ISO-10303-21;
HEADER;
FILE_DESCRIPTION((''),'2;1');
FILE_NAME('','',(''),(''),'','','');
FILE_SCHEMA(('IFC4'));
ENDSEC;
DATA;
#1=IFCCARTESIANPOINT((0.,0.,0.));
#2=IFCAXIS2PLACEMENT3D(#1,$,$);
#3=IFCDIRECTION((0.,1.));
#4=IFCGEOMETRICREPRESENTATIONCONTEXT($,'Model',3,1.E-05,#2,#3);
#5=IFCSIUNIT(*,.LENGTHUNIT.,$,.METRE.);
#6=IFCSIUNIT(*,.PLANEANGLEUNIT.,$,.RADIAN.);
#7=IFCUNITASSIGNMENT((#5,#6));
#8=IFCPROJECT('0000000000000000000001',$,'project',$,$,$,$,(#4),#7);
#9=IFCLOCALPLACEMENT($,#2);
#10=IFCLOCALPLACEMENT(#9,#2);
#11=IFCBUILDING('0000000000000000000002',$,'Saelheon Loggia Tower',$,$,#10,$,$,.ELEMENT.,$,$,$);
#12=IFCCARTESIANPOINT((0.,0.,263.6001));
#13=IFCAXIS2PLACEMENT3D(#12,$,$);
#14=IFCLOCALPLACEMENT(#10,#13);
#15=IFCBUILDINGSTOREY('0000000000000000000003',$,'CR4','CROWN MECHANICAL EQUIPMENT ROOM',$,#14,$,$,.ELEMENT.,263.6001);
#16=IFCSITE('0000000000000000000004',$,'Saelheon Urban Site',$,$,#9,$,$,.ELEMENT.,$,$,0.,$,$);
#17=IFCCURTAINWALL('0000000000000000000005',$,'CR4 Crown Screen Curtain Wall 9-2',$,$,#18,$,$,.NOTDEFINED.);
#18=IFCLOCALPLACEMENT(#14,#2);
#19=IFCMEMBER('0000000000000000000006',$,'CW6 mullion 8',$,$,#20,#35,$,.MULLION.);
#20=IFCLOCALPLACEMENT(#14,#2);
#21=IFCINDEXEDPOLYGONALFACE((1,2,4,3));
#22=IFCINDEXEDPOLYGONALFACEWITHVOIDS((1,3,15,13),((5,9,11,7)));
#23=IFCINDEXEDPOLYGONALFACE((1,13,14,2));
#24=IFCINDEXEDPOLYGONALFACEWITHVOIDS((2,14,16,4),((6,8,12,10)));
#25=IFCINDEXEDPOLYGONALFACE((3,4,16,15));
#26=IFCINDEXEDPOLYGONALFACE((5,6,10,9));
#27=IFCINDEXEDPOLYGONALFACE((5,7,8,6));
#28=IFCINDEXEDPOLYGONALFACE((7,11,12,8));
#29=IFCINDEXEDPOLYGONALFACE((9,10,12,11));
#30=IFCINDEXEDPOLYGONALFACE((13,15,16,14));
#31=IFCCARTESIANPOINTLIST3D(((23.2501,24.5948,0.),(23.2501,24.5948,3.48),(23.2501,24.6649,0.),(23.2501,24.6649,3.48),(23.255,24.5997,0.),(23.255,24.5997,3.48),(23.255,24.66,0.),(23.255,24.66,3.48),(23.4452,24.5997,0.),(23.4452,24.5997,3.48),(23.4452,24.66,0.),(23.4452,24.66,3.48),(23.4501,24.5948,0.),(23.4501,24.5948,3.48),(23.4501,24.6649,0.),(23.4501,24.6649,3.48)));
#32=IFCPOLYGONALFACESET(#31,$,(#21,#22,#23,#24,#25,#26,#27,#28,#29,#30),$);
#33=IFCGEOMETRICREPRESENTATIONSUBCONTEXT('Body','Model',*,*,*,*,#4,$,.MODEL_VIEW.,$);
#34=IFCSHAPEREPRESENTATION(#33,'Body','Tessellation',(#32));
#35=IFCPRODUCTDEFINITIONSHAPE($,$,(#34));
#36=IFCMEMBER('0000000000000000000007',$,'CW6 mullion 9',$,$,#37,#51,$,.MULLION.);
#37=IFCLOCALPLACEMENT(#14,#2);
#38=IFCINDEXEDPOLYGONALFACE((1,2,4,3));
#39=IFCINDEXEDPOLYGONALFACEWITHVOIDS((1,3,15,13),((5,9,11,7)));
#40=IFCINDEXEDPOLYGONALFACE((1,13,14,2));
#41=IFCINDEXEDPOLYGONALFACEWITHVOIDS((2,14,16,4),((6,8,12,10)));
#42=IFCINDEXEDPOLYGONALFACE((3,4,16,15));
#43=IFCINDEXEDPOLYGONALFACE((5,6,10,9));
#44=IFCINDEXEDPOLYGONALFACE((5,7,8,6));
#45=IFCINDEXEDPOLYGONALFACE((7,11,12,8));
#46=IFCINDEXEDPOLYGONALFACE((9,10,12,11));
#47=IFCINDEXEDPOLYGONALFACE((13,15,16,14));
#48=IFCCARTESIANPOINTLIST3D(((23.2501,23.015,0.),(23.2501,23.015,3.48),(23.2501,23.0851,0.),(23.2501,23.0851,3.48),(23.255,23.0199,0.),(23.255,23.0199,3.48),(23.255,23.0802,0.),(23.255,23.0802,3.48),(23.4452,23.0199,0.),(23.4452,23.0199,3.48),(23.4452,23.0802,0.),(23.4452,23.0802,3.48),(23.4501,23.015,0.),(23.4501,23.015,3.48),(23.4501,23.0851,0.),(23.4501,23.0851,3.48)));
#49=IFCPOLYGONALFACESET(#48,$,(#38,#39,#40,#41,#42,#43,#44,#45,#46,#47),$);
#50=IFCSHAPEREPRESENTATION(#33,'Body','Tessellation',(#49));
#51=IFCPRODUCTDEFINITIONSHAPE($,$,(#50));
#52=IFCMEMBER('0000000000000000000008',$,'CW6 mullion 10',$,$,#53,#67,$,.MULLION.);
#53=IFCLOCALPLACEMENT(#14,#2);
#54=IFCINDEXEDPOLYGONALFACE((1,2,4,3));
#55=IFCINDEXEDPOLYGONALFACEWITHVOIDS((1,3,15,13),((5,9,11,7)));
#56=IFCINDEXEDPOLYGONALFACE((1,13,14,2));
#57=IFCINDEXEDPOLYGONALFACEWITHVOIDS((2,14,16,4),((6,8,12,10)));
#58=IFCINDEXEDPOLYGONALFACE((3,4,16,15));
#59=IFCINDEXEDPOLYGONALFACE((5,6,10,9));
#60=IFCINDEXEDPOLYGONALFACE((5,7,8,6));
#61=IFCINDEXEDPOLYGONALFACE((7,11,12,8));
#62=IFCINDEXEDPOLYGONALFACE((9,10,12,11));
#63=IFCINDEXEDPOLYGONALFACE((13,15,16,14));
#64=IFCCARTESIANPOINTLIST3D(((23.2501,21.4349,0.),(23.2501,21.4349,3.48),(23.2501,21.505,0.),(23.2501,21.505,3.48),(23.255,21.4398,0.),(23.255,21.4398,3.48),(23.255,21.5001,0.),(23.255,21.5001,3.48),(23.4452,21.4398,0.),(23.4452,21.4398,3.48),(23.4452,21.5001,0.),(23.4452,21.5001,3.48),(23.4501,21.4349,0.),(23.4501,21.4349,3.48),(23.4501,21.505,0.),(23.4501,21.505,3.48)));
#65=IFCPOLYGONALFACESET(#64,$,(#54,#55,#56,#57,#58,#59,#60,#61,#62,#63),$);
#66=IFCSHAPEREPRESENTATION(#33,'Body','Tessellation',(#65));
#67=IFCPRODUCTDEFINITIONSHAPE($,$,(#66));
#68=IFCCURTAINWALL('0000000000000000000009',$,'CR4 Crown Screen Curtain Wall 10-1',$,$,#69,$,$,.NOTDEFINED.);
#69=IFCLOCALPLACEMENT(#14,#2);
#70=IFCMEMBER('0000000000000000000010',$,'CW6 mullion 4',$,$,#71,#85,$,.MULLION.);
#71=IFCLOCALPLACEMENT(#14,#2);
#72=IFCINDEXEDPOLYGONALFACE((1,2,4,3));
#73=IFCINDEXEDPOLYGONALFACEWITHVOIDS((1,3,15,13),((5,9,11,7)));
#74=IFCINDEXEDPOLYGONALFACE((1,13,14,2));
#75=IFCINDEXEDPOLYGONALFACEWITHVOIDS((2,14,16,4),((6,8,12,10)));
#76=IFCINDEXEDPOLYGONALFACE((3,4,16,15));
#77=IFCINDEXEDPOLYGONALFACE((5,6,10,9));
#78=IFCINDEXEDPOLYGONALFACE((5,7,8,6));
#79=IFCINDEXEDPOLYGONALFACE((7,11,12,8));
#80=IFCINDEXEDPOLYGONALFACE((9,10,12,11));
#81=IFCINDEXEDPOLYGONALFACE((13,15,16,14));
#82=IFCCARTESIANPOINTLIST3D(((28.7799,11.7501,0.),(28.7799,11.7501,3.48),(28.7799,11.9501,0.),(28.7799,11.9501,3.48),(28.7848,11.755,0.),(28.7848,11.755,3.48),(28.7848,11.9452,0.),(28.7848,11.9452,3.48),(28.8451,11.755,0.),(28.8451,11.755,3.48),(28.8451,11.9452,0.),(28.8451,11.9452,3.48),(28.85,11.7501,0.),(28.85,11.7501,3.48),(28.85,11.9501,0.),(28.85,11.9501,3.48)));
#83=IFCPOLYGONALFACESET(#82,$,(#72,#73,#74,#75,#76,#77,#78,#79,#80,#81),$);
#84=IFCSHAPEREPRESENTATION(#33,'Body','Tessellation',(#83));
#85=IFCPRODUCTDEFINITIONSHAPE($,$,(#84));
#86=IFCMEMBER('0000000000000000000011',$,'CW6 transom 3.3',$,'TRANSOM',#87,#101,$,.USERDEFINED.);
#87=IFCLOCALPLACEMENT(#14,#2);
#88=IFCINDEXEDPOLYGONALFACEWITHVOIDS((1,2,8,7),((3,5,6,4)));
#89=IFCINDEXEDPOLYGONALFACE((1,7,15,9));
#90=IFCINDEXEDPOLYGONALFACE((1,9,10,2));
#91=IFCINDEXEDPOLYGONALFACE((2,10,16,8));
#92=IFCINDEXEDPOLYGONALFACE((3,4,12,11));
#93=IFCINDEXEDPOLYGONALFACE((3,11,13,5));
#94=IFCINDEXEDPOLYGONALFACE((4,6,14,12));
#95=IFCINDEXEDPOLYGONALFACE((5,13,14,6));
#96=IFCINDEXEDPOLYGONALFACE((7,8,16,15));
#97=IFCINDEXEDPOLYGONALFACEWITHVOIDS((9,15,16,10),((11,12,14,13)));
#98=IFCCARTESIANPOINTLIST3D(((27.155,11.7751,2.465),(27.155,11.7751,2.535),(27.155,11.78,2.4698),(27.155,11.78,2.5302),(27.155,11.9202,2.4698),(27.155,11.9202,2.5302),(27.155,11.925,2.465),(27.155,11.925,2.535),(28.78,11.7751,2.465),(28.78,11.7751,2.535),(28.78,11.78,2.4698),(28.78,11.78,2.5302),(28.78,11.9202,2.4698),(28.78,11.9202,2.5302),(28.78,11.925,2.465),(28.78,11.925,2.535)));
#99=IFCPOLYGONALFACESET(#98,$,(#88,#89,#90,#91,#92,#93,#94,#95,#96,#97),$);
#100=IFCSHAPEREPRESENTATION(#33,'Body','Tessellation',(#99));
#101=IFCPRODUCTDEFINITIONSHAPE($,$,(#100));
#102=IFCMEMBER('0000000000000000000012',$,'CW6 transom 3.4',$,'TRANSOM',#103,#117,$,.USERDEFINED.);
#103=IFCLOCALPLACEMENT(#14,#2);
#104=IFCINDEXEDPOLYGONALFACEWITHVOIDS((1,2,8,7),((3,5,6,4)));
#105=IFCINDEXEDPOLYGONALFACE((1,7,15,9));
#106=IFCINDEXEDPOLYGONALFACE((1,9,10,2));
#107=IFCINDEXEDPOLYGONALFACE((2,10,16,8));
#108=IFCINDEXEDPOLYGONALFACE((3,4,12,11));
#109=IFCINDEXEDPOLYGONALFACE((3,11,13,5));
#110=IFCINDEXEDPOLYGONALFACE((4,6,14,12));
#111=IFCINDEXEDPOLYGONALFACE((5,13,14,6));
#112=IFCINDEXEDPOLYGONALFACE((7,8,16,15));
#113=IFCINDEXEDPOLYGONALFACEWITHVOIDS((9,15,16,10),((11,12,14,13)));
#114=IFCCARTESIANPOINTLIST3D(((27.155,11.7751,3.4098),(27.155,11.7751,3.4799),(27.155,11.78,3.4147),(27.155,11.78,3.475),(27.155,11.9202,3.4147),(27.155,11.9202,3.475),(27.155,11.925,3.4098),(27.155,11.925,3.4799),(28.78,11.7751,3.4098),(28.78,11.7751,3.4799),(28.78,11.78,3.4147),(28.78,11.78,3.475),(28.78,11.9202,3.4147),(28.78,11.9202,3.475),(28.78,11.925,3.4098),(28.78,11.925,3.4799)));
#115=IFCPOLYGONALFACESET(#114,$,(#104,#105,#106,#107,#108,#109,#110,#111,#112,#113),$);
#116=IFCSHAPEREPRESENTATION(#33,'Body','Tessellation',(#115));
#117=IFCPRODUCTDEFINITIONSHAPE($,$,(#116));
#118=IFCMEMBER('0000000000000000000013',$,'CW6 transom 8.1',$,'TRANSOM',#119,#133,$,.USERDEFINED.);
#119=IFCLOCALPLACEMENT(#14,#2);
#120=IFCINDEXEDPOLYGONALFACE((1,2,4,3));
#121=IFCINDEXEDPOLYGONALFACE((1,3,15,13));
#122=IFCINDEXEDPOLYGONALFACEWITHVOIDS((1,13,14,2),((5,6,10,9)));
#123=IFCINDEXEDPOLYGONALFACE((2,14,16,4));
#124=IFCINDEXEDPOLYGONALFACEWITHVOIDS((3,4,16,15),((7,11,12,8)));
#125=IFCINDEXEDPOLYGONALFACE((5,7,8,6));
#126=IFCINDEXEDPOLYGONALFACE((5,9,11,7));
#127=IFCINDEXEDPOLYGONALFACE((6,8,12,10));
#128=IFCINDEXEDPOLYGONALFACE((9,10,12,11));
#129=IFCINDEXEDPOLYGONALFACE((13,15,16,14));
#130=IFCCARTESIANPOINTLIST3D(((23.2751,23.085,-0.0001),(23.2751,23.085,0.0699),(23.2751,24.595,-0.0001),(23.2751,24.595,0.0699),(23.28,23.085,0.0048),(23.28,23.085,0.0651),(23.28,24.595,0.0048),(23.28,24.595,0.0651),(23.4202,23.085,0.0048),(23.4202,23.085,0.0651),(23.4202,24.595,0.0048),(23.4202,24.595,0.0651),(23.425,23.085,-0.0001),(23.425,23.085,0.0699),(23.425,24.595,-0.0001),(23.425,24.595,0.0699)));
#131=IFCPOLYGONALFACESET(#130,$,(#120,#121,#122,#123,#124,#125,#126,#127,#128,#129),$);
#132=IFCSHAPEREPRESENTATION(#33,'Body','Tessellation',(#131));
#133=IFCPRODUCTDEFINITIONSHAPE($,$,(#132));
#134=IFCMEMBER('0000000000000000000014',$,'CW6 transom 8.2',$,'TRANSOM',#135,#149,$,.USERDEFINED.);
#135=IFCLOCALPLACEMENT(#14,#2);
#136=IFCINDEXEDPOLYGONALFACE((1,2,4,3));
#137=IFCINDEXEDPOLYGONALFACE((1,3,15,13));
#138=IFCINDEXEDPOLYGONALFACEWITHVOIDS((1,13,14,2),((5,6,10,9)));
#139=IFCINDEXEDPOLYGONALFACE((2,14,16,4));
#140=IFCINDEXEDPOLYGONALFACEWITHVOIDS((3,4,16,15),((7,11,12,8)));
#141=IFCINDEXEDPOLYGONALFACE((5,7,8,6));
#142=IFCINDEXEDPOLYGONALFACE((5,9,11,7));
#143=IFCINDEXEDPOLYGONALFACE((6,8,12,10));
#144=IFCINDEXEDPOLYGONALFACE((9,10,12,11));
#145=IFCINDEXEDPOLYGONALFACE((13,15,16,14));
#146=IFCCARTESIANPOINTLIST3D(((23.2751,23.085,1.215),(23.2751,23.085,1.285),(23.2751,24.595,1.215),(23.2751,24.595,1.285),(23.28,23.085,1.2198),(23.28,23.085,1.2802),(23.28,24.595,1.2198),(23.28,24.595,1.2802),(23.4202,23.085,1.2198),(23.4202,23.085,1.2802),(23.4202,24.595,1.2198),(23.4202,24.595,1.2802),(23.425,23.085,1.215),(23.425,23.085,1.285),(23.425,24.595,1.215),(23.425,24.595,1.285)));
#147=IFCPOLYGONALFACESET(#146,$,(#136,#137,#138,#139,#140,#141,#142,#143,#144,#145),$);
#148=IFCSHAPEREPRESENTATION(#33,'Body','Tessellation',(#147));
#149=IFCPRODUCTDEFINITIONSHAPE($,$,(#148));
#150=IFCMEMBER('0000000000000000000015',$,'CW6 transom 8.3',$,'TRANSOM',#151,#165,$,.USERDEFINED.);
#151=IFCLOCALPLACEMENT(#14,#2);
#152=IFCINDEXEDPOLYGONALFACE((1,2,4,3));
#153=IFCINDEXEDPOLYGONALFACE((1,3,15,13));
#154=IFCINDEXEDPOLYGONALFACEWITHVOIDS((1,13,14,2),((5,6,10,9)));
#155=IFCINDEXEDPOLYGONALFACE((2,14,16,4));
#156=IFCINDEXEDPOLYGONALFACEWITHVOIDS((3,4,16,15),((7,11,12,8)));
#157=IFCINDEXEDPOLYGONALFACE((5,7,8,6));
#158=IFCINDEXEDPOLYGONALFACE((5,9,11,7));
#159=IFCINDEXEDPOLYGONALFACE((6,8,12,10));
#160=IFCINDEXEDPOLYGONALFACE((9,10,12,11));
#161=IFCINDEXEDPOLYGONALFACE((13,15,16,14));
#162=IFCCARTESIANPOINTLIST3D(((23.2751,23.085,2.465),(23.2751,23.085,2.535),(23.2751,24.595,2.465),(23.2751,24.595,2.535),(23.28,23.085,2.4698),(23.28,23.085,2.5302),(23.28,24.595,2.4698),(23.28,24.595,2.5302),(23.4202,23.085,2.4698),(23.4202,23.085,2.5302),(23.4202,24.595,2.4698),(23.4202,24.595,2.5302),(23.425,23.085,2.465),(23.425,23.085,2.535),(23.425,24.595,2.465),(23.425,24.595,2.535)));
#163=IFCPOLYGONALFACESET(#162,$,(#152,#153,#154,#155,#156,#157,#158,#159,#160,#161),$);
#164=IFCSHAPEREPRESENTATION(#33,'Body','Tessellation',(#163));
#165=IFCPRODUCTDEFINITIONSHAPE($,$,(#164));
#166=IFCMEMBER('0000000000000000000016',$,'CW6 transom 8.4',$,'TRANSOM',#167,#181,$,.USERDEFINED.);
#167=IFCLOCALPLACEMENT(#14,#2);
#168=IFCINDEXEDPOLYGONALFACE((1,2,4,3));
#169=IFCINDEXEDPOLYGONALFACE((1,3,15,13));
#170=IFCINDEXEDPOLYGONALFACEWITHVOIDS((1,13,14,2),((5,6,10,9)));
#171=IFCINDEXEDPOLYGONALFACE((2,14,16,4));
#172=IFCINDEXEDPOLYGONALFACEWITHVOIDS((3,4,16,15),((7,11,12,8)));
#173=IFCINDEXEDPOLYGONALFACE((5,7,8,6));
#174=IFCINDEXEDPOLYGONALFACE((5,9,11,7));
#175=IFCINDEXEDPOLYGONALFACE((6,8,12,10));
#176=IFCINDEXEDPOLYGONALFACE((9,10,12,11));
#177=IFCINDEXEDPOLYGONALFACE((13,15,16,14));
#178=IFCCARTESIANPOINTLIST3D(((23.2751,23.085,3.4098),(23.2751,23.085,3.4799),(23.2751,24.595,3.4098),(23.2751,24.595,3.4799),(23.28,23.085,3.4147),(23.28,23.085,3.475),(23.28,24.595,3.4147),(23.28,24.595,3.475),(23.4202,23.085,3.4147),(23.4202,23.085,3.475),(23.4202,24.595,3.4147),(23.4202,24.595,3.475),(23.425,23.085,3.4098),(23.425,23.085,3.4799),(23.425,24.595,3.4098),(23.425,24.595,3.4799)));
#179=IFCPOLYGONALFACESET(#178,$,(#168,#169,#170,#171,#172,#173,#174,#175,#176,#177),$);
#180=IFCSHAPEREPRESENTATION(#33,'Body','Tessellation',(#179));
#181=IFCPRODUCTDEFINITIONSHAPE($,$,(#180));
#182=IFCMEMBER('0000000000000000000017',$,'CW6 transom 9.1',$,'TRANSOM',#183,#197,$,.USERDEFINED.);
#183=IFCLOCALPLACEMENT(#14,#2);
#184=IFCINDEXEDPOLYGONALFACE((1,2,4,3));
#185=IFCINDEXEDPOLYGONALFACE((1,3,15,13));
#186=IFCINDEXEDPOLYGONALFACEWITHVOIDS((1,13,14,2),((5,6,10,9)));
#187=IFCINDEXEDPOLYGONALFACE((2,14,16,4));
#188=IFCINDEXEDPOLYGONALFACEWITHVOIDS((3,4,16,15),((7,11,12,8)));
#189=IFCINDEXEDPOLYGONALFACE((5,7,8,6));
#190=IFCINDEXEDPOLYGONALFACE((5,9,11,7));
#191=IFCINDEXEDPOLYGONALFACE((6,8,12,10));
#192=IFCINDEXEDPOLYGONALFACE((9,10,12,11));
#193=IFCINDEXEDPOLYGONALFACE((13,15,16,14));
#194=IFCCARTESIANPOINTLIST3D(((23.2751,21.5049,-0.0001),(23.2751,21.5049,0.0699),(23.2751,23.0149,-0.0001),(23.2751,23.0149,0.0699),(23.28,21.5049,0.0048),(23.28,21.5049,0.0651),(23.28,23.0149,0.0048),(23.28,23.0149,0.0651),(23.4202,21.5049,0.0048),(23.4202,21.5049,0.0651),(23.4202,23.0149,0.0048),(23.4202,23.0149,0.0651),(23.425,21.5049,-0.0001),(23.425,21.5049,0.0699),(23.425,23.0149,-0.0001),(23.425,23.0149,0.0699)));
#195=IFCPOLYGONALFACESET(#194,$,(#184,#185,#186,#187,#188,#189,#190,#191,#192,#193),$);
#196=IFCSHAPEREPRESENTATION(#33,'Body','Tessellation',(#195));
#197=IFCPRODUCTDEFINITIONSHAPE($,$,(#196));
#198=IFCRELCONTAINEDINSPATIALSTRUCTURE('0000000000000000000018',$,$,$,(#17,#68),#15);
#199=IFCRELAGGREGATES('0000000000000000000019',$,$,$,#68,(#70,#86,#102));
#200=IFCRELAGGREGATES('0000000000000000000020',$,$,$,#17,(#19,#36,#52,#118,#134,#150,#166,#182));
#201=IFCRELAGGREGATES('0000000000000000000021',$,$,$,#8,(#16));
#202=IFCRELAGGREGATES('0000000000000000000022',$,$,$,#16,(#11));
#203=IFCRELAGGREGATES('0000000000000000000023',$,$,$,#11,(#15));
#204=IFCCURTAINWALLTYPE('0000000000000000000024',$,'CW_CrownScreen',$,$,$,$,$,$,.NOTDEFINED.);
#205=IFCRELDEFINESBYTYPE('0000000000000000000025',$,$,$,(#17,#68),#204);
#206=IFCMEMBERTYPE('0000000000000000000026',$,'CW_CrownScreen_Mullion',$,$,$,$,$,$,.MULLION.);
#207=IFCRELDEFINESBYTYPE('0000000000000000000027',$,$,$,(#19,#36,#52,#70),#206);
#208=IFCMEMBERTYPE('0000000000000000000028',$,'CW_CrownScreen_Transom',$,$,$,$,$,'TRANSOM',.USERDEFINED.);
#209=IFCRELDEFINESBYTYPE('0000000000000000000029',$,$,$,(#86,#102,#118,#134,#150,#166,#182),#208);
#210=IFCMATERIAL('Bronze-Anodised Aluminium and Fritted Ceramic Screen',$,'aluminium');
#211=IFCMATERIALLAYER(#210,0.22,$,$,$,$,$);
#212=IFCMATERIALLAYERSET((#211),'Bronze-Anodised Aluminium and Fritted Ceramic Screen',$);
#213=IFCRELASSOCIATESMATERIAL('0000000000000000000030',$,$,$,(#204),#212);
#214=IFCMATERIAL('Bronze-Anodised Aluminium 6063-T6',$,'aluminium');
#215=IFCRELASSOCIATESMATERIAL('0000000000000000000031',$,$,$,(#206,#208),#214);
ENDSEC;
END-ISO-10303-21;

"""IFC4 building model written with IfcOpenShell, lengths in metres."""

from ifc_helpers import new_model, si_unit, direction, frame, origin, origin_2d, place, context, subcontext, project, spatial, hollow_rectangle, extrude, source, transform, mapped, material, layer, layer_set, material_profile, profile_set, type_object, element, aggregate, save


model = new_model("IFC4")

# Units and contexts
model_context = context("Model", 3, precision=1e-05, world=origin(), true_north=direction((0.0, 1.0)))
body_context = subcontext(model_context, "Body", "Model", "MODEL_VIEW")
ifc_project = project(units=[si_unit("LENGTHUNIT", "METRE"), si_unit("PLANEANGLEUNIT", "RADIAN")], contexts=[model_context])

# Site, building, storey
site_placement = place(None, origin())
site = spatial("IfcSite", under=ifc_project, at=site_placement, Name="Saelheon Urban Site", CompositionType="ELEMENT", RefElevation=0.0)
building_placement = place(site_placement, origin())
building = spatial("IfcBuilding", under=site, at=building_placement, Name="Saelheon Loggia Tower", CompositionType="ELEMENT")
storey_placement = place(building_placement, frame((0.0, 0.0, 263.6001)))
storey = spatial("IfcBuildingStorey", under=building, at=storey_placement, Name="CR4", Description="CROWN MECHANICAL EQUIPMENT ROOM", CompositionType="ELEMENT", Elevation=263.6001)

# Curtain walls, members
ifc_material_1 = material(Name="Bronze-Anodised Aluminium and Fritted Ceramic Screen", Category="aluminium")
ifc_layer_1 = layer(ifc_material_1, 0.22)
ifc_layer_set_1 = layer_set([ifc_layer_1], Name="Bronze-Anodised Aluminium and Fritted Ceramic Screen")
curtain_wall_type = type_object("IfcCurtainWallType", Name="CW_CrownScreen", PredefinedType="NOTDEFINED", material=ifc_layer_set_1)
curtain_wall_1_placement = place(storey_placement, origin())
curtain_wall_1 = element("IfcCurtainWall", 1, at=curtain_wall_1_placement, inside=storey, type_object=curtain_wall_type, Name="CR4 Crown Screen Curtain Wall 9-2", PredefinedType="NOTDEFINED")
ifc_material_2 = material(Name="Bronze-Anodised Aluminium 6063-T6", Category="aluminium")
ifc_material_profile_1 = material_profile(ifc_material_2, hollow_rectangle(XDim=0.0701, YDim=0.2, WallThickness=0.0049, at=origin_2d()), Name="RHS-200x70x5")
ifc_profile_set_1 = profile_set([ifc_material_profile_1], Name="Bronze-Anodised Aluminium 6063-T6")
member_type_1 = type_object("IfcMemberType", Name="CW_CrownScreen_Mullion", PredefinedType="MULLION", material=ifc_profile_set_1)
shared_shape_1 = source(origin(), body_context, "Body", "SweptSolid", [
    extrude(hollow_rectangle(XDim=0.0701, YDim=0.2, WallThickness=0.0049, at=origin_2d()), origin(), (0.0, 0.0, 1.0), 3.48),
])
member_1_placement = place(storey_placement, frame((23.3501, 24.6299, 0.0), z_axis=(0.0, 0.0, 1.0), x_axis=(0.0, -1.0, 0.0)))
member_1 = element("IfcMember", 2, at=member_1_placement, type_object=member_type_1, Name="CW6 mullion 8", PredefinedType="MULLION", context=body_context, shape_type="MappedRepresentation", body=[
    mapped(shared_shape_1, transform((0.0, 0.0, 0.0), scale=1.0)),
])
member_2_placement = place(storey_placement, frame((23.3501, 23.05, 0.0), z_axis=(0.0, 0.0, 1.0), x_axis=(0.0, -1.0, 0.0)))
member_2 = element("IfcMember", 3, at=member_2_placement, type_object=member_type_1, Name="CW6 mullion 9", PredefinedType="MULLION", context=body_context, shape_type="MappedRepresentation", body=[
    mapped(shared_shape_1, transform((0.0, 0.0, 0.0), scale=1.0)),
])
member_3_placement = place(storey_placement, frame((23.3501, 21.47, 0.0), z_axis=(0.0, 0.0, 1.0), x_axis=(0.0, -1.0, 0.0)))
member_3 = element("IfcMember", 4, at=member_3_placement, type_object=member_type_1, Name="CW6 mullion 10", PredefinedType="MULLION", context=body_context, shape_type="MappedRepresentation", body=[
    mapped(shared_shape_1, transform((0.0, 0.0, 0.0), scale=1.0)),
])
curtain_wall_2_placement = place(storey_placement, origin())
curtain_wall_2 = element("IfcCurtainWall", 5, at=curtain_wall_2_placement, inside=storey, type_object=curtain_wall_type, Name="CR4 Crown Screen Curtain Wall 10-1", PredefinedType="NOTDEFINED")
member_4_placement = place(storey_placement, frame((28.8149, 11.8501, 0.0), z_axis=(0.0, 0.0, 1.0), x_axis=(1.0, 0.0, 0.0)))
member_4 = element("IfcMember", 6, at=member_4_placement, type_object=member_type_1, Name="CW6 mullion 4", PredefinedType="MULLION", context=body_context, shape_type="MappedRepresentation", body=[
    mapped(shared_shape_1, transform((0.0, 0.0, 0.0), scale=1.0)),
])
ifc_material_profile_2 = material_profile(ifc_material_2, hollow_rectangle(XDim=0.0701, YDim=0.1499, WallThickness=0.0049, at=origin_2d()), Name="RHS-150x70x5")
ifc_profile_set_2 = profile_set([ifc_material_profile_2], Name="Bronze-Anodised Aluminium 6063-T6")
member_type_2 = type_object("IfcMemberType", Name="CW_CrownScreen_Transom", ElementType="TRANSOM", PredefinedType="USERDEFINED", material=ifc_profile_set_2)
shared_shape_2 = source(origin(), body_context, "Body", "SweptSolid", [
    extrude(hollow_rectangle(XDim=0.0701, YDim=0.1499, WallThickness=0.0049, at=origin_2d()), origin(), (0.0, 0.0, 1.0), 1.625),
])
member_5_placement = place(storey_placement, frame((27.155, 11.8501, 2.5), z_axis=(1.0, 0.0, 0.0), x_axis=(0.0, 0.0, 1.0)))
member_5 = element("IfcMember", 7, at=member_5_placement, type_object=member_type_2, Name="CW6 transom 3.3", ObjectType="TRANSOM", PredefinedType="USERDEFINED", context=body_context, shape_type="MappedRepresentation", body=[
    mapped(shared_shape_2, transform((0.0, 0.0, 0.0), scale=1.0)),
])
member_6_placement = place(storey_placement, frame((27.155, 11.8501, 3.4448), z_axis=(1.0, 0.0, 0.0), x_axis=(0.0, 0.0, 1.0)))
member_6 = element("IfcMember", 8, at=member_6_placement, type_object=member_type_2, Name="CW6 transom 3.4", ObjectType="TRANSOM", PredefinedType="USERDEFINED", context=body_context, shape_type="MappedRepresentation", body=[
    mapped(shared_shape_2, transform((0.0, 0.0, 0.0), scale=1.0)),
])

# Members
shared_shape_3 = source(origin(), body_context, "Body", "SweptSolid", [
    extrude(hollow_rectangle(XDim=0.0701, YDim=0.1499, WallThickness=0.0049, at=origin_2d()), origin(), (0.0, 0.0, 1.0), 1.51),
])
member_7_placement = place(storey_placement, frame((23.3501, 24.595, 0.0349), z_axis=(0.0, -1.0, 0.0), x_axis=(0.0, 0.0, 1.0)))
member_7 = element("IfcMember", 9, at=member_7_placement, type_object=member_type_2, Name="CW6 transom 8.1", ObjectType="TRANSOM", PredefinedType="USERDEFINED", context=body_context, shape_type="MappedRepresentation", body=[
    mapped(shared_shape_3, transform((0.0, 0.0, 0.0), scale=1.0)),
])
member_8_placement = place(storey_placement, frame((23.3501, 24.595, 1.25), z_axis=(0.0, -1.0, 0.0), x_axis=(0.0, 0.0, 1.0)))
member_8 = element("IfcMember", 10, at=member_8_placement, type_object=member_type_2, Name="CW6 transom 8.2", ObjectType="TRANSOM", PredefinedType="USERDEFINED", context=body_context, shape_type="MappedRepresentation", body=[
    mapped(shared_shape_3, transform((0.0, 0.0, 0.0), scale=1.0)),
])
member_9_placement = place(storey_placement, frame((23.3501, 24.595, 2.5), z_axis=(0.0, -1.0, 0.0), x_axis=(0.0, 0.0, 1.0)))
member_9 = element("IfcMember", 11, at=member_9_placement, type_object=member_type_2, Name="CW6 transom 8.3", ObjectType="TRANSOM", PredefinedType="USERDEFINED", context=body_context, shape_type="MappedRepresentation", body=[
    mapped(shared_shape_3, transform((0.0, 0.0, 0.0), scale=1.0)),
])
member_10_placement = place(storey_placement, frame((23.3501, 24.595, 3.4448), z_axis=(0.0, -1.0, 0.0), x_axis=(0.0, 0.0, 1.0)))
member_10 = element("IfcMember", 12, at=member_10_placement, type_object=member_type_2, Name="CW6 transom 8.4", ObjectType="TRANSOM", PredefinedType="USERDEFINED", context=body_context, shape_type="MappedRepresentation", body=[
    mapped(shared_shape_3, transform((0.0, 0.0, 0.0), scale=1.0)),
])
member_11_placement = place(storey_placement, frame((23.3501, 23.0149, 0.0349), z_axis=(0.0, -1.0, 0.0), x_axis=(0.0, 0.0, 1.0)))
member_11 = element("IfcMember", 13, at=member_11_placement, type_object=member_type_2, Name="CW6 transom 9.1", ObjectType="TRANSOM", PredefinedType="USERDEFINED", context=body_context, shape_type="MappedRepresentation", body=[
    mapped(shared_shape_3, transform((0.0, 0.0, 0.0), scale=1.0)),
])

aggregate(curtain_wall_2, [member_4, member_5, member_6])
aggregate(curtain_wall_1, [member_1, member_2, member_3, member_7, member_8, member_9, member_10, member_11])

save(model, "model.ifc")
